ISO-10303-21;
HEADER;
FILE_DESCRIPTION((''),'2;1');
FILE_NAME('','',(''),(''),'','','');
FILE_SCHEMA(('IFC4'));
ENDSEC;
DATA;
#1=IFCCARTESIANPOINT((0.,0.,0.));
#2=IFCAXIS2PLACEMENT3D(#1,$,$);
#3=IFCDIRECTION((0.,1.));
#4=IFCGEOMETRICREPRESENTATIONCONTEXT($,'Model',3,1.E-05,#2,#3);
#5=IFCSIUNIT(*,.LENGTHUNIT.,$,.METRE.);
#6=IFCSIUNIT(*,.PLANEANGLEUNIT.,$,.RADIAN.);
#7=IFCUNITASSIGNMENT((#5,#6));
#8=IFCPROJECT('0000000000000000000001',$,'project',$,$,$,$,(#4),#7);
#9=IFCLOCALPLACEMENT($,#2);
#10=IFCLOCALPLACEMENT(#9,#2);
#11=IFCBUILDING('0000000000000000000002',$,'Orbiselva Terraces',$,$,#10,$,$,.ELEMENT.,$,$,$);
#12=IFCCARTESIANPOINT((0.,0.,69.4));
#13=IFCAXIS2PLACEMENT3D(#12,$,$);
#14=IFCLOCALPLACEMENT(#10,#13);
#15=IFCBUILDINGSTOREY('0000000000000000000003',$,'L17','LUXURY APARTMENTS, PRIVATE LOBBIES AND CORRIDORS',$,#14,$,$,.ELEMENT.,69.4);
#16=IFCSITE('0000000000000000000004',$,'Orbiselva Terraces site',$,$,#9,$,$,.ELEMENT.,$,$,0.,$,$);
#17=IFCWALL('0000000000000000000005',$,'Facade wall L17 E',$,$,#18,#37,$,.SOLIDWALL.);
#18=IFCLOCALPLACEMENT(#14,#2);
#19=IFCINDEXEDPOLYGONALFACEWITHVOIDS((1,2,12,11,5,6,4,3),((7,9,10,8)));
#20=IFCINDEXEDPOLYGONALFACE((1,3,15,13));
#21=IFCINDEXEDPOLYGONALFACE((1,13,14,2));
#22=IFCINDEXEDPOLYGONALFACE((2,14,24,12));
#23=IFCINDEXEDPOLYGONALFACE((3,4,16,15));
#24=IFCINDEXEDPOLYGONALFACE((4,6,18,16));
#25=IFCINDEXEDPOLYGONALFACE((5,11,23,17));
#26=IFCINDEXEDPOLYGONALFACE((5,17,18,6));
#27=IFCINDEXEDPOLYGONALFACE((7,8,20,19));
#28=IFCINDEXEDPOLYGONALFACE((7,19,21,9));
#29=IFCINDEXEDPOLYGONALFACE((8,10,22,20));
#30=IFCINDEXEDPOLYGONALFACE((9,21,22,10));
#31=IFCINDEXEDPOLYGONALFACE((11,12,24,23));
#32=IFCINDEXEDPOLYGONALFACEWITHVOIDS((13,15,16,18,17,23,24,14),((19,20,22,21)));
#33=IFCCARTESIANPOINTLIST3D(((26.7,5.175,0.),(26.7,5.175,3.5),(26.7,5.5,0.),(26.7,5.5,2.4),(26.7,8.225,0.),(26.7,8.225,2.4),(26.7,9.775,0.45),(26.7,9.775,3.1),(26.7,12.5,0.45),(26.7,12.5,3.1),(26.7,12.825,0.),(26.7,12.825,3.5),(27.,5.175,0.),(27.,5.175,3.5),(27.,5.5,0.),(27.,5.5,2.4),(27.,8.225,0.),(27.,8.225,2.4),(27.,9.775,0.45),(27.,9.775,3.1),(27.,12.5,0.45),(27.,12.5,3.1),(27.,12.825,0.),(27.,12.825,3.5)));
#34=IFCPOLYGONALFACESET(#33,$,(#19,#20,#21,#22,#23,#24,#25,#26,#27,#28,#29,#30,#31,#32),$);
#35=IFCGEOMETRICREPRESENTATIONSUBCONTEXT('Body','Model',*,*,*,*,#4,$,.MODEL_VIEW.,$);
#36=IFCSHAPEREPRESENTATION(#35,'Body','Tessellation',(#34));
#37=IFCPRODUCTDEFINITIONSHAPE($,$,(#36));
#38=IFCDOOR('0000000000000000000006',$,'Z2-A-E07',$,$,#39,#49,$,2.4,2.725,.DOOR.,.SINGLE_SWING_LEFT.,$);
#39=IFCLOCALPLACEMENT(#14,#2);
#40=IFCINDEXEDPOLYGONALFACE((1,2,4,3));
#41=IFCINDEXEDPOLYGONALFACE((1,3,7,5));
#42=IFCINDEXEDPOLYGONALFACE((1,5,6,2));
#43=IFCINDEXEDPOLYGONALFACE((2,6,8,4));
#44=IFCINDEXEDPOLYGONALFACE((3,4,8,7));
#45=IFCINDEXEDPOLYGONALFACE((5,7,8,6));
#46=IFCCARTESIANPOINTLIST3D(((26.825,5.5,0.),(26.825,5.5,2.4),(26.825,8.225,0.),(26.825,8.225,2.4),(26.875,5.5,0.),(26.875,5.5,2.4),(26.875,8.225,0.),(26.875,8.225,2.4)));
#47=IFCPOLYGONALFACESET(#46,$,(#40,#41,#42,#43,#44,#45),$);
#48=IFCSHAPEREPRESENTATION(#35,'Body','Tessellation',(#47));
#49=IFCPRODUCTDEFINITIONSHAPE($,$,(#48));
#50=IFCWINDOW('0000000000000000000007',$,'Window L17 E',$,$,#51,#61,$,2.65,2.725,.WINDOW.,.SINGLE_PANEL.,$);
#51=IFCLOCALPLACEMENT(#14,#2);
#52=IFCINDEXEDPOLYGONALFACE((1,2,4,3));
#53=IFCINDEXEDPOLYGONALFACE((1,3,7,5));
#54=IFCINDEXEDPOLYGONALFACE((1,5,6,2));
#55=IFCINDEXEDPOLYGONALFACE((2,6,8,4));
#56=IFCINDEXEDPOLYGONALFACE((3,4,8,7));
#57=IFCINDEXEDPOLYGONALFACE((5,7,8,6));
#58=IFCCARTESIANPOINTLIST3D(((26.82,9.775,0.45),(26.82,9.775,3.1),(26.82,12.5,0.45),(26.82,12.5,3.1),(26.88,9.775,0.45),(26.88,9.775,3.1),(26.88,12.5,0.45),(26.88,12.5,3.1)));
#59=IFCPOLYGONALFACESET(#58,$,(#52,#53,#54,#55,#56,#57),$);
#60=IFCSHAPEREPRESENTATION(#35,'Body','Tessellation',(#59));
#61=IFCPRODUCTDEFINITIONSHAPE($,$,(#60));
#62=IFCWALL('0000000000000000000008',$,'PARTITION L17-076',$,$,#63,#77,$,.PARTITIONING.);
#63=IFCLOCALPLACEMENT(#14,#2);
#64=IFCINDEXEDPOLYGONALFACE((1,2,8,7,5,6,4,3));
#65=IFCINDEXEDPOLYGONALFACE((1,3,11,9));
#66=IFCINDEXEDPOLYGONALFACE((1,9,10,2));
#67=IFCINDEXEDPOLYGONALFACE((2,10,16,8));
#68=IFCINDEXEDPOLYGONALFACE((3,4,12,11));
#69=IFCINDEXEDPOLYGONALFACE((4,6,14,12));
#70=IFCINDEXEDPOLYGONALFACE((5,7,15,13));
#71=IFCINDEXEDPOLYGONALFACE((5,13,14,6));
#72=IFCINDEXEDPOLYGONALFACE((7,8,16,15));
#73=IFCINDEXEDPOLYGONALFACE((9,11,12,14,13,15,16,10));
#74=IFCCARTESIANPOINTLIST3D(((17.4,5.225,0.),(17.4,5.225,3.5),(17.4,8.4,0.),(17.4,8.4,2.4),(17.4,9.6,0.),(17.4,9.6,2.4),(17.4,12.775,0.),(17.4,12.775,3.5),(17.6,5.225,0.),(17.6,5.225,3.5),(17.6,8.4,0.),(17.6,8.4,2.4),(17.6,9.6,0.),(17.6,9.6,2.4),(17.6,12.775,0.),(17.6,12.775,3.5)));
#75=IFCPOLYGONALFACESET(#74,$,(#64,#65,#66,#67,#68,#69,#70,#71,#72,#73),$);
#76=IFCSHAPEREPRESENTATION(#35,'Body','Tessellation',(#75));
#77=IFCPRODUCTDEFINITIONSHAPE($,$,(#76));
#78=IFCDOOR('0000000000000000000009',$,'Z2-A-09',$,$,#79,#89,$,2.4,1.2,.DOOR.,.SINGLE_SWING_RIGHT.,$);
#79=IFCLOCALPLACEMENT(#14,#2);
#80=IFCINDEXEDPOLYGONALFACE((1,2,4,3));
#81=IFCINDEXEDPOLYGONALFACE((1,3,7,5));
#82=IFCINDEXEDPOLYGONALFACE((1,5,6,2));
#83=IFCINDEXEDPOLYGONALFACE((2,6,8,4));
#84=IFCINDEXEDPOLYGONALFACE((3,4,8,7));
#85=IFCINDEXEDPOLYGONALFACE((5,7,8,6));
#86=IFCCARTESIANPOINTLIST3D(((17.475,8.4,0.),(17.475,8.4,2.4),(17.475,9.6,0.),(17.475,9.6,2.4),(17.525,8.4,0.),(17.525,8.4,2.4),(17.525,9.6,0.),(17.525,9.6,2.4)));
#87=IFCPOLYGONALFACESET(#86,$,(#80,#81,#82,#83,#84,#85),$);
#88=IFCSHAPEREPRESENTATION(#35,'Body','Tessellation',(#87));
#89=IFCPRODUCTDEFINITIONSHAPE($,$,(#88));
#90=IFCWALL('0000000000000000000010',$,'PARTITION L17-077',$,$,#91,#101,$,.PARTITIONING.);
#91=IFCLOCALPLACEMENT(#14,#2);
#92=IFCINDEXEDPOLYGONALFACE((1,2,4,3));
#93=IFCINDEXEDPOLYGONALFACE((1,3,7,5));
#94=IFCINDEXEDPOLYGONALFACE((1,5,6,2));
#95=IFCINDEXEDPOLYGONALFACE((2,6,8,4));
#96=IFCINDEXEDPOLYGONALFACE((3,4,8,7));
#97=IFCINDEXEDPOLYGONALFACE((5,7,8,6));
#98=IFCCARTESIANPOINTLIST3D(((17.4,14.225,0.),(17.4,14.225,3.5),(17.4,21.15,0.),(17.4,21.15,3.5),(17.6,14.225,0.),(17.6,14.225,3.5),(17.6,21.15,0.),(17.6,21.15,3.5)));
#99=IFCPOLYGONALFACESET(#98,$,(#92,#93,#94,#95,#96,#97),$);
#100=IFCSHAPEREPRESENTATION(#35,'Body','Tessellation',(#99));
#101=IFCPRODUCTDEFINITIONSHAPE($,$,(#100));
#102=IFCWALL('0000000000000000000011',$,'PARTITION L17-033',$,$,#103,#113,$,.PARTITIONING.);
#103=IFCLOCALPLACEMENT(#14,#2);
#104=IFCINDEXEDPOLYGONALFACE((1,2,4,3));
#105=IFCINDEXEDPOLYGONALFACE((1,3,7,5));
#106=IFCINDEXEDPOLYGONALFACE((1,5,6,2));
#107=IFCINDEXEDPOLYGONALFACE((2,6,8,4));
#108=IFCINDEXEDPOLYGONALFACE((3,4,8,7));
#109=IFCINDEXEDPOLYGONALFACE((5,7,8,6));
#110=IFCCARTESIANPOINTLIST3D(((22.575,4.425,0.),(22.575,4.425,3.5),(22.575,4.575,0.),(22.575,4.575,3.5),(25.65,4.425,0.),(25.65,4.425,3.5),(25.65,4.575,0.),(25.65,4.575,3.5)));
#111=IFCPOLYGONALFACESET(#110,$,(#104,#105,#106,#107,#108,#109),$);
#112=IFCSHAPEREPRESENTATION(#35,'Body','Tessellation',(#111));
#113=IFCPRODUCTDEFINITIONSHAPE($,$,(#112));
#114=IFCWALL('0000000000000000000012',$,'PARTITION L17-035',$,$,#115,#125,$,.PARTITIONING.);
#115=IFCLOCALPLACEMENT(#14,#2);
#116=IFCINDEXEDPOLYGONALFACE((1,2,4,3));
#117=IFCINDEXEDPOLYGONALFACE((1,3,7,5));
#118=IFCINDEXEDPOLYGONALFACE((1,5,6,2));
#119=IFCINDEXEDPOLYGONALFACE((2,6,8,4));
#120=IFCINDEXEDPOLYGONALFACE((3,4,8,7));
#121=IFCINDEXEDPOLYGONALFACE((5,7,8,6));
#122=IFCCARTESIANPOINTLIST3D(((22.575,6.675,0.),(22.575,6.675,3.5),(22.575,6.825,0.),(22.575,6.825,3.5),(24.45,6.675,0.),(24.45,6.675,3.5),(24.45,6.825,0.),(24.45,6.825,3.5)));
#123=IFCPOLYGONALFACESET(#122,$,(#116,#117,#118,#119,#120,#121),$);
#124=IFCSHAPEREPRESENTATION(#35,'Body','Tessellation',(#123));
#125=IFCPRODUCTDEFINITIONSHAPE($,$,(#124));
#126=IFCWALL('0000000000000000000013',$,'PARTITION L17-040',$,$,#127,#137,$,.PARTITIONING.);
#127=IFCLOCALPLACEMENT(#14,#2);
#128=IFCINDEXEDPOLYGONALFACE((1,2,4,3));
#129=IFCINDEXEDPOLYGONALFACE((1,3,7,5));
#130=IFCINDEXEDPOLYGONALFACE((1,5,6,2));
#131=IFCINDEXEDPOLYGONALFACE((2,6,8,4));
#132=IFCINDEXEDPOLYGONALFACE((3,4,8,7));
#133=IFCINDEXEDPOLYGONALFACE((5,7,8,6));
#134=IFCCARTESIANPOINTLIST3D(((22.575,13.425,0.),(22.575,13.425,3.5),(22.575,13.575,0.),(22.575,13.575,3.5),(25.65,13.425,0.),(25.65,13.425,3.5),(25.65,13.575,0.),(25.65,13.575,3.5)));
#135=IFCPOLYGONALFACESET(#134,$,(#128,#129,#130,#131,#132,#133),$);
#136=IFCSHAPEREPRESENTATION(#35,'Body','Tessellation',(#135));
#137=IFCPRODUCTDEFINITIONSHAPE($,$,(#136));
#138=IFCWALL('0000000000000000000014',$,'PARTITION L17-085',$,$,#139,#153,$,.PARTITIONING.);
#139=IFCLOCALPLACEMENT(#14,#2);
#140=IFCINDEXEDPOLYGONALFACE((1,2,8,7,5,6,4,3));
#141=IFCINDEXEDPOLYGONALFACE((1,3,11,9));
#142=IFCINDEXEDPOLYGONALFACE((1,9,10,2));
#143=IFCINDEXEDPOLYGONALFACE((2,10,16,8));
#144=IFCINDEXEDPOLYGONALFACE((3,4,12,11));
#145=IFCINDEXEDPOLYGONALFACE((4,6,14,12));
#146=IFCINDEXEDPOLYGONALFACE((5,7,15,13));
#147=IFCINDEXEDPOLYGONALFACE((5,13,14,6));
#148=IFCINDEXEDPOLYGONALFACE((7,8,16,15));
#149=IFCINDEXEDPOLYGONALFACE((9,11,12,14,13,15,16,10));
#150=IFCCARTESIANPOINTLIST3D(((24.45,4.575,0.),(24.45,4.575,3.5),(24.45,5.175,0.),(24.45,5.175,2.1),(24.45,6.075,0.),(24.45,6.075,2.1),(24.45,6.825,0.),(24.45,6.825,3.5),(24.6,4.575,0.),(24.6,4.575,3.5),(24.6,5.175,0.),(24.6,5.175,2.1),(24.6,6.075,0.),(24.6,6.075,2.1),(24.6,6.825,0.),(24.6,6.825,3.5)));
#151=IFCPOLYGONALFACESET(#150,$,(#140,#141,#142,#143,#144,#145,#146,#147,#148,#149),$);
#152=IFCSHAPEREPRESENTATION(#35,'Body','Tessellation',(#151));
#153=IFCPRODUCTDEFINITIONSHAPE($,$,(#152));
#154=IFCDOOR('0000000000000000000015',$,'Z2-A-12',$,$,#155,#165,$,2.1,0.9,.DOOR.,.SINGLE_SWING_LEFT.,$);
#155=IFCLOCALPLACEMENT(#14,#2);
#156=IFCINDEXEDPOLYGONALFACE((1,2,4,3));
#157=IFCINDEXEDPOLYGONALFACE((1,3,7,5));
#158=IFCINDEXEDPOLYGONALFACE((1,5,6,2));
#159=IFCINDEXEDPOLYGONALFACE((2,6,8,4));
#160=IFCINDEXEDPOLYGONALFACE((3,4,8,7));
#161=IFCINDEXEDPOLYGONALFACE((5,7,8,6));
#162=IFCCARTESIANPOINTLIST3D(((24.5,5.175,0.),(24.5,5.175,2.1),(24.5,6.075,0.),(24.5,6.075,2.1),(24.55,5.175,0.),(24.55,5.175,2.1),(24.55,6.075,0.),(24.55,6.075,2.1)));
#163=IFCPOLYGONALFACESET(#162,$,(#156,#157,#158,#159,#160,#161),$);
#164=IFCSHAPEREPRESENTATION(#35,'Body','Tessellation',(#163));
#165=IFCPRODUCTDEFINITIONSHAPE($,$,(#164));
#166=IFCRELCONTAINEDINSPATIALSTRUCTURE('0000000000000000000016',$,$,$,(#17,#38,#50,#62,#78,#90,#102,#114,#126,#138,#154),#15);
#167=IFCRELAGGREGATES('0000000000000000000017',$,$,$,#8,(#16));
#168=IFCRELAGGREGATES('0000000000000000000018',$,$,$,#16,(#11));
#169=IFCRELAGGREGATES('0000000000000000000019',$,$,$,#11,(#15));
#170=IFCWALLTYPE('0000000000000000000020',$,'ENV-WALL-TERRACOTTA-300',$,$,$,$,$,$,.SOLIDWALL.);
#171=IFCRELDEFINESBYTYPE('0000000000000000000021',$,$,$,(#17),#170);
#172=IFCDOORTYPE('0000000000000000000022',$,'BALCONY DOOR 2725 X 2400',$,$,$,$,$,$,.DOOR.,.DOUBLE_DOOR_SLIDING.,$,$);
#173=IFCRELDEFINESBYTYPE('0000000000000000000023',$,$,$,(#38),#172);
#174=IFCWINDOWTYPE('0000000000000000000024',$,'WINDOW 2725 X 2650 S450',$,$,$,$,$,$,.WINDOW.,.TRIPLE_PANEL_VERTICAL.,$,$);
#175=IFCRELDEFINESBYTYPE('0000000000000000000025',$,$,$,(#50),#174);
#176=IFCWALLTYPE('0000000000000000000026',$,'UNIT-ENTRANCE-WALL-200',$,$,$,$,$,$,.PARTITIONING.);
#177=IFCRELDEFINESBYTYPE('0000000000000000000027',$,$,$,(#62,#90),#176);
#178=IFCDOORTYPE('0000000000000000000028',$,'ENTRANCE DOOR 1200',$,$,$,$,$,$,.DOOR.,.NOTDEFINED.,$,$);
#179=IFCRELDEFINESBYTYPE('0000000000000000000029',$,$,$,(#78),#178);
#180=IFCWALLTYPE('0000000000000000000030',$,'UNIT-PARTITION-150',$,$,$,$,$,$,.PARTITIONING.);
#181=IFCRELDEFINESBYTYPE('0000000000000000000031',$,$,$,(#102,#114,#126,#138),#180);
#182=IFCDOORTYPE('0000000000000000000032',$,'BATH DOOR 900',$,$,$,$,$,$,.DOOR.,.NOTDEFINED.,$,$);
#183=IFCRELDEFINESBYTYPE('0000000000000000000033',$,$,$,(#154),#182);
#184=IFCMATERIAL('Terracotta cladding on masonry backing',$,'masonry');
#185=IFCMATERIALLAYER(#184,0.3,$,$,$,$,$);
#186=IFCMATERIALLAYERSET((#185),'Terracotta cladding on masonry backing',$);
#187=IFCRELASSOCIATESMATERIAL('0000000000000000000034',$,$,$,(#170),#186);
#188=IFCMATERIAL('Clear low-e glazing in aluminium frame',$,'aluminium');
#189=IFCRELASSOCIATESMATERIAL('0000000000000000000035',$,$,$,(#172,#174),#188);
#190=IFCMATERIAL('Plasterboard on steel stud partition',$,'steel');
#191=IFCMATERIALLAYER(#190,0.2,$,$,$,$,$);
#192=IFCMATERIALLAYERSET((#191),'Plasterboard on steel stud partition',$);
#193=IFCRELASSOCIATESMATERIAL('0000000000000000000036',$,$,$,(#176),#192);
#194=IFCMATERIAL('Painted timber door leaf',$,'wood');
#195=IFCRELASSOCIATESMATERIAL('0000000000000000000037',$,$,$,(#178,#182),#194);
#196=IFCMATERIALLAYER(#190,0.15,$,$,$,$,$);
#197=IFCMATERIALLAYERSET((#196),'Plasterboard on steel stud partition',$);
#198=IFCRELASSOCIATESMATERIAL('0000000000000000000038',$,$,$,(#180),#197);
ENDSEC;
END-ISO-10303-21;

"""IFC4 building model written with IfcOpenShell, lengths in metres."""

from ifc_helpers import new_model, si_unit, direction, frame, frame_2d, origin, place, context, subcontext, project, spatial, rectangle, extrude, material, layer, layer_set, type_object, element, fill, save


model = new_model("IFC4")

# Units and contexts
model_context = context("Model", 3, precision=1e-05, world=origin(), true_north=direction((0.0, 1.0)))
body_context = subcontext(model_context, "Body", "Model", "MODEL_VIEW")
ifc_project = project(units=[si_unit("LENGTHUNIT", "METRE"), si_unit("PLANEANGLEUNIT", "RADIAN")], contexts=[model_context])

# Site, building, storey
site_placement = place(None, origin())
site = spatial("IfcSite", under=ifc_project, at=site_placement, Name="Orbiselva Terraces site", CompositionType="ELEMENT", RefElevation=0.0)
building_placement = place(site_placement, origin())
building = spatial("IfcBuilding", under=site, at=building_placement, Name="Orbiselva Terraces", CompositionType="ELEMENT")
storey_placement = place(building_placement, frame((0.0, 0.0, 69.4)))
storey = spatial("IfcBuildingStorey", under=building, at=storey_placement, Name="L17", Description="LUXURY APARTMENTS, PRIVATE LOBBIES AND CORRIDORS", CompositionType="ELEMENT", Elevation=69.4)

# Wall, openings, door, window
ifc_material_1 = material(Name="Terracotta cladding on masonry backing", Category="masonry")
ifc_layer_1 = layer(ifc_material_1, 0.3)
ifc_layer_set_1 = layer_set([ifc_layer_1], Name="Terracotta cladding on masonry backing")
wall_type_1 = type_object("IfcWallType", Name="ENV-WALL-TERRACOTTA-300", PredefinedType="SOLIDWALL", material=ifc_layer_set_1)
ifc_material_2 = material(Name="Clear low-e glazing in aluminium frame", Category="aluminium")
door_type_1 = type_object("IfcDoorType", Name="BALCONY DOOR 2725 X 2400", OperationType="DOUBLE_DOOR_SLIDING", PredefinedType="DOOR", material=ifc_material_2)
window_type = type_object("IfcWindowType", Name="WINDOW 2725 X 2650 S450", PartitioningType="TRIPLE_PANEL_VERTICAL", PredefinedType="WINDOW", material=ifc_material_2)
wall_1_placement = place(storey_placement, frame((26.85, 12.825, 0.0), z_axis=(0.0, 0.0, 1.0), x_axis=(0.0, -1.0, 0.0)))
wall_1 = element("IfcWall", 1, at=wall_1_placement, inside=storey, type_object=wall_type_1, Name="Facade wall L17 E", PredefinedType="SOLIDWALL", context=body_context, shape_type="SweptSolid", body=[
    extrude(rectangle(XDim=7.65, YDim=0.3, at=frame_2d((3.825, 0.0))), origin(), (0.0, 0.0, 1.0), 3.5),
])
opening_1_placement = place(wall_1_placement, frame((4.6, 0.0, 0.0)))
opening_1 = element("IfcOpeningElement", 2, at=opening_1_placement, cuts=wall_1, PredefinedType="OPENING", context=body_context, shape_type="SweptSolid", body=[
    extrude(rectangle(XDim=2.725, YDim=2.4, at=frame_2d((1.3625, 1.2))), frame((0.0, 0.16, 0.0), z_axis=(0.0, -1.0, 0.0), x_axis=(1.0, 0.0, 0.0)), (0.0, 0.0, 1.0), 0.32),
])
opening_2_placement = place(wall_1_placement, frame((0.325, 0.0, 0.45)))
opening_2 = element("IfcOpeningElement", 3, at=opening_2_placement, cuts=wall_1, PredefinedType="OPENING", context=body_context, shape_type="SweptSolid", body=[
    extrude(rectangle(XDim=2.725, YDim=2.65, at=frame_2d((1.3625, 1.325))), frame((0.0, 0.16, 0.0), z_axis=(0.0, -1.0, 0.0), x_axis=(1.0, 0.0, 0.0)), (0.0, 0.0, 1.0), 0.32),
])
door_1_placement = place(opening_1_placement, origin())
door_1 = element("IfcDoor", 4, at=door_1_placement, inside=storey, type_object=door_type_1, Name="Z2-A-E07", OperationType="SINGLE_SWING_LEFT", OverallHeight=2.4, OverallWidth=2.725, PredefinedType="DOOR", context=body_context, shape_type="SweptSolid", body=[
    extrude(rectangle(XDim=2.725, YDim=2.4, at=frame_2d((1.3625, 1.2))), frame((0.0, 0.025, 0.0), z_axis=(0.0, -1.0, 0.0), x_axis=(1.0, 0.0, 0.0)), (0.0, 0.0, 1.0), 0.05),
])
fill(opening_1, door_1)
window_1_placement = place(opening_2_placement, origin())
window_1 = element("IfcWindow", 5, at=window_1_placement, inside=storey, type_object=window_type, Name="Window L17 E", OverallHeight=2.65, OverallWidth=2.725, PartitioningType="SINGLE_PANEL", PredefinedType="WINDOW", context=body_context, shape_type="SweptSolid", body=[
    extrude(rectangle(XDim=2.725, YDim=2.65, at=frame_2d((1.3625, 1.325))), frame((0.0, 0.03, 0.0), z_axis=(0.0, -1.0, 0.0), x_axis=(1.0, 0.0, 0.0)), (0.0, 0.0, 1.0), 0.06),
])
fill(opening_2, window_1)

# Wall, opening, door
ifc_material_3 = material(Name="Plasterboard on steel stud partition", Category="steel")
ifc_layer_2 = layer(ifc_material_3, 0.2)
ifc_layer_set_2 = layer_set([ifc_layer_2], Name="Plasterboard on steel stud partition")
wall_type_2 = type_object("IfcWallType", Name="UNIT-ENTRANCE-WALL-200", PredefinedType="PARTITIONING", material=ifc_layer_set_2)
wall_2_placement = place(storey_placement, frame((17.5, 12.775, 0.0), z_axis=(0.0, 0.0, 1.0), x_axis=(0.0, -1.0, 0.0)))
wall_2 = element("IfcWall", 6, at=wall_2_placement, inside=storey, type_object=wall_type_2, Name="PARTITION L17-076", PredefinedType="PARTITIONING", context=body_context, shape_type="SweptSolid", body=[
    extrude(rectangle(XDim=7.55, YDim=0.2, at=frame_2d((3.775, 0.0))), origin(), (0.0, 0.0, 1.0), 3.5),
])
opening_3_placement = place(wall_2_placement, frame((3.175, 0.0, 0.0)))
opening_3 = element("IfcOpeningElement", 7, at=opening_3_placement, cuts=wall_2, PredefinedType="OPENING", context=body_context, shape_type="SweptSolid", body=[
    extrude(rectangle(XDim=1.2, YDim=2.4, at=frame_2d((0.6, 1.2))), frame((0.0, 0.11, 0.0), z_axis=(0.0, -1.0, 0.0), x_axis=(1.0, 0.0, 0.0)), (0.0, 0.0, 1.0), 0.22),
])
ifc_material_4 = material(Name="Painted timber door leaf", Category="wood")
door_type_2 = type_object("IfcDoorType", Name="ENTRANCE DOOR 1200", OperationType="NOTDEFINED", PredefinedType="DOOR", material=ifc_material_4)
door_2_placement = place(opening_3_placement, origin())
door_2 = element("IfcDoor", 8, at=door_2_placement, inside=storey, type_object=door_type_2, Name="Z2-A-09", OperationType="SINGLE_SWING_RIGHT", OverallHeight=2.4, OverallWidth=1.2, PredefinedType="DOOR", context=body_context, shape_type="SweptSolid", body=[
    extrude(rectangle(XDim=1.2, YDim=2.4, at=frame_2d((0.6, 1.2))), frame((0.0, 0.025, 0.0), z_axis=(0.0, -1.0, 0.0), x_axis=(1.0, 0.0, 0.0)), (0.0, 0.0, 1.0), 0.05),
])
fill(opening_3, door_2)

# Walls
wall_3_placement = place(storey_placement, frame((17.5, 14.225, 0.0), z_axis=(0.0, 0.0, 1.0), x_axis=(0.0, 1.0, 0.0)))
element("IfcWall", 9, at=wall_3_placement, inside=storey, type_object=wall_type_2, Name="PARTITION L17-077", PredefinedType="PARTITIONING", context=body_context, shape_type="SweptSolid", body=[
    extrude(rectangle(XDim=6.925, YDim=0.2, at=frame_2d((3.4625, 0.0))), origin(), (0.0, 0.0, 1.0), 3.5),
])
ifc_layer_3 = layer(ifc_material_3, 0.15)
ifc_layer_set_3 = layer_set([ifc_layer_3], Name="Plasterboard on steel stud partition")
wall_type_3 = type_object("IfcWallType", Name="UNIT-PARTITION-150", PredefinedType="PARTITIONING", material=ifc_layer_set_3)
wall_4_placement = place(storey_placement, frame((22.575, 4.5, 0.0), z_axis=(0.0, 0.0, 1.0), x_axis=(1.0, 0.0, 0.0)))
element("IfcWall", 10, at=wall_4_placement, inside=storey, type_object=wall_type_3, Name="PARTITION L17-033", PredefinedType="PARTITIONING", context=body_context, shape_type="SweptSolid", body=[
    extrude(rectangle(XDim=3.075, YDim=0.15, at=frame_2d((1.5375, 0.0))), origin(), (0.0, 0.0, 1.0), 3.5),
])
wall_5_placement = place(storey_placement, frame((22.575, 6.75, 0.0), z_axis=(0.0, 0.0, 1.0), x_axis=(1.0, 0.0, 0.0)))
element("IfcWall", 11, at=wall_5_placement, inside=storey, type_object=wall_type_3, Name="PARTITION L17-035", PredefinedType="PARTITIONING", context=body_context, shape_type="SweptSolid", body=[
    extrude(rectangle(XDim=1.875, YDim=0.15, at=frame_2d((0.9375, 0.0))), origin(), (0.0, 0.0, 1.0), 3.5),
])
wall_6_placement = place(storey_placement, frame((22.575, 13.5, 0.0), z_axis=(0.0, 0.0, 1.0), x_axis=(1.0, 0.0, 0.0)))
element("IfcWall", 12, at=wall_6_placement, inside=storey, type_object=wall_type_3, Name="PARTITION L17-040", PredefinedType="PARTITIONING", context=body_context, shape_type="SweptSolid", body=[
    extrude(rectangle(XDim=3.075, YDim=0.15, at=frame_2d((1.5375, 0.0))), origin(), (0.0, 0.0, 1.0), 3.5),
])

# Wall, opening, door
wall_7_placement = place(storey_placement, frame((24.525, 4.575, 0.0), z_axis=(0.0, 0.0, 1.0), x_axis=(0.0, 1.0, 0.0)))
wall_7 = element("IfcWall", 13, at=wall_7_placement, inside=storey, type_object=wall_type_3, Name="PARTITION L17-085", PredefinedType="PARTITIONING", context=body_context, shape_type="SweptSolid", body=[
    extrude(rectangle(XDim=2.25, YDim=0.15, at=frame_2d((1.125, 0.0))), origin(), (0.0, 0.0, 1.0), 3.5),
])
opening_4_placement = place(wall_7_placement, frame((0.6, 0.0, 0.0)))
opening_4 = element("IfcOpeningElement", 14, at=opening_4_placement, cuts=wall_7, PredefinedType="OPENING", context=body_context, shape_type="SweptSolid", body=[
    extrude(rectangle(XDim=0.9, YDim=2.1, at=frame_2d((0.45, 1.05))), frame((0.0, 0.085, 0.0), z_axis=(0.0, -1.0, 0.0), x_axis=(1.0, 0.0, 0.0)), (0.0, 0.0, 1.0), 0.17),
])
door_type_3 = type_object("IfcDoorType", Name="BATH DOOR 900", OperationType="NOTDEFINED", PredefinedType="DOOR", material=ifc_material_4)
door_3_placement = place(opening_4_placement, origin())
door_3 = element("IfcDoor", 15, at=door_3_placement, inside=storey, type_object=door_type_3, Name="Z2-A-12", OperationType="SINGLE_SWING_LEFT", OverallHeight=2.1, OverallWidth=0.9, PredefinedType="DOOR", context=body_context, shape_type="SweptSolid", body=[
    extrude(rectangle(XDim=0.9, YDim=2.1, at=frame_2d((0.45, 1.05))), frame((0.0, 0.025, 0.0), z_axis=(0.0, -1.0, 0.0), x_axis=(1.0, 0.0, 0.0)), (0.0, 0.0, 1.0), 0.05),
])
fill(opening_4, door_3)

save(model, "model.ifc")
